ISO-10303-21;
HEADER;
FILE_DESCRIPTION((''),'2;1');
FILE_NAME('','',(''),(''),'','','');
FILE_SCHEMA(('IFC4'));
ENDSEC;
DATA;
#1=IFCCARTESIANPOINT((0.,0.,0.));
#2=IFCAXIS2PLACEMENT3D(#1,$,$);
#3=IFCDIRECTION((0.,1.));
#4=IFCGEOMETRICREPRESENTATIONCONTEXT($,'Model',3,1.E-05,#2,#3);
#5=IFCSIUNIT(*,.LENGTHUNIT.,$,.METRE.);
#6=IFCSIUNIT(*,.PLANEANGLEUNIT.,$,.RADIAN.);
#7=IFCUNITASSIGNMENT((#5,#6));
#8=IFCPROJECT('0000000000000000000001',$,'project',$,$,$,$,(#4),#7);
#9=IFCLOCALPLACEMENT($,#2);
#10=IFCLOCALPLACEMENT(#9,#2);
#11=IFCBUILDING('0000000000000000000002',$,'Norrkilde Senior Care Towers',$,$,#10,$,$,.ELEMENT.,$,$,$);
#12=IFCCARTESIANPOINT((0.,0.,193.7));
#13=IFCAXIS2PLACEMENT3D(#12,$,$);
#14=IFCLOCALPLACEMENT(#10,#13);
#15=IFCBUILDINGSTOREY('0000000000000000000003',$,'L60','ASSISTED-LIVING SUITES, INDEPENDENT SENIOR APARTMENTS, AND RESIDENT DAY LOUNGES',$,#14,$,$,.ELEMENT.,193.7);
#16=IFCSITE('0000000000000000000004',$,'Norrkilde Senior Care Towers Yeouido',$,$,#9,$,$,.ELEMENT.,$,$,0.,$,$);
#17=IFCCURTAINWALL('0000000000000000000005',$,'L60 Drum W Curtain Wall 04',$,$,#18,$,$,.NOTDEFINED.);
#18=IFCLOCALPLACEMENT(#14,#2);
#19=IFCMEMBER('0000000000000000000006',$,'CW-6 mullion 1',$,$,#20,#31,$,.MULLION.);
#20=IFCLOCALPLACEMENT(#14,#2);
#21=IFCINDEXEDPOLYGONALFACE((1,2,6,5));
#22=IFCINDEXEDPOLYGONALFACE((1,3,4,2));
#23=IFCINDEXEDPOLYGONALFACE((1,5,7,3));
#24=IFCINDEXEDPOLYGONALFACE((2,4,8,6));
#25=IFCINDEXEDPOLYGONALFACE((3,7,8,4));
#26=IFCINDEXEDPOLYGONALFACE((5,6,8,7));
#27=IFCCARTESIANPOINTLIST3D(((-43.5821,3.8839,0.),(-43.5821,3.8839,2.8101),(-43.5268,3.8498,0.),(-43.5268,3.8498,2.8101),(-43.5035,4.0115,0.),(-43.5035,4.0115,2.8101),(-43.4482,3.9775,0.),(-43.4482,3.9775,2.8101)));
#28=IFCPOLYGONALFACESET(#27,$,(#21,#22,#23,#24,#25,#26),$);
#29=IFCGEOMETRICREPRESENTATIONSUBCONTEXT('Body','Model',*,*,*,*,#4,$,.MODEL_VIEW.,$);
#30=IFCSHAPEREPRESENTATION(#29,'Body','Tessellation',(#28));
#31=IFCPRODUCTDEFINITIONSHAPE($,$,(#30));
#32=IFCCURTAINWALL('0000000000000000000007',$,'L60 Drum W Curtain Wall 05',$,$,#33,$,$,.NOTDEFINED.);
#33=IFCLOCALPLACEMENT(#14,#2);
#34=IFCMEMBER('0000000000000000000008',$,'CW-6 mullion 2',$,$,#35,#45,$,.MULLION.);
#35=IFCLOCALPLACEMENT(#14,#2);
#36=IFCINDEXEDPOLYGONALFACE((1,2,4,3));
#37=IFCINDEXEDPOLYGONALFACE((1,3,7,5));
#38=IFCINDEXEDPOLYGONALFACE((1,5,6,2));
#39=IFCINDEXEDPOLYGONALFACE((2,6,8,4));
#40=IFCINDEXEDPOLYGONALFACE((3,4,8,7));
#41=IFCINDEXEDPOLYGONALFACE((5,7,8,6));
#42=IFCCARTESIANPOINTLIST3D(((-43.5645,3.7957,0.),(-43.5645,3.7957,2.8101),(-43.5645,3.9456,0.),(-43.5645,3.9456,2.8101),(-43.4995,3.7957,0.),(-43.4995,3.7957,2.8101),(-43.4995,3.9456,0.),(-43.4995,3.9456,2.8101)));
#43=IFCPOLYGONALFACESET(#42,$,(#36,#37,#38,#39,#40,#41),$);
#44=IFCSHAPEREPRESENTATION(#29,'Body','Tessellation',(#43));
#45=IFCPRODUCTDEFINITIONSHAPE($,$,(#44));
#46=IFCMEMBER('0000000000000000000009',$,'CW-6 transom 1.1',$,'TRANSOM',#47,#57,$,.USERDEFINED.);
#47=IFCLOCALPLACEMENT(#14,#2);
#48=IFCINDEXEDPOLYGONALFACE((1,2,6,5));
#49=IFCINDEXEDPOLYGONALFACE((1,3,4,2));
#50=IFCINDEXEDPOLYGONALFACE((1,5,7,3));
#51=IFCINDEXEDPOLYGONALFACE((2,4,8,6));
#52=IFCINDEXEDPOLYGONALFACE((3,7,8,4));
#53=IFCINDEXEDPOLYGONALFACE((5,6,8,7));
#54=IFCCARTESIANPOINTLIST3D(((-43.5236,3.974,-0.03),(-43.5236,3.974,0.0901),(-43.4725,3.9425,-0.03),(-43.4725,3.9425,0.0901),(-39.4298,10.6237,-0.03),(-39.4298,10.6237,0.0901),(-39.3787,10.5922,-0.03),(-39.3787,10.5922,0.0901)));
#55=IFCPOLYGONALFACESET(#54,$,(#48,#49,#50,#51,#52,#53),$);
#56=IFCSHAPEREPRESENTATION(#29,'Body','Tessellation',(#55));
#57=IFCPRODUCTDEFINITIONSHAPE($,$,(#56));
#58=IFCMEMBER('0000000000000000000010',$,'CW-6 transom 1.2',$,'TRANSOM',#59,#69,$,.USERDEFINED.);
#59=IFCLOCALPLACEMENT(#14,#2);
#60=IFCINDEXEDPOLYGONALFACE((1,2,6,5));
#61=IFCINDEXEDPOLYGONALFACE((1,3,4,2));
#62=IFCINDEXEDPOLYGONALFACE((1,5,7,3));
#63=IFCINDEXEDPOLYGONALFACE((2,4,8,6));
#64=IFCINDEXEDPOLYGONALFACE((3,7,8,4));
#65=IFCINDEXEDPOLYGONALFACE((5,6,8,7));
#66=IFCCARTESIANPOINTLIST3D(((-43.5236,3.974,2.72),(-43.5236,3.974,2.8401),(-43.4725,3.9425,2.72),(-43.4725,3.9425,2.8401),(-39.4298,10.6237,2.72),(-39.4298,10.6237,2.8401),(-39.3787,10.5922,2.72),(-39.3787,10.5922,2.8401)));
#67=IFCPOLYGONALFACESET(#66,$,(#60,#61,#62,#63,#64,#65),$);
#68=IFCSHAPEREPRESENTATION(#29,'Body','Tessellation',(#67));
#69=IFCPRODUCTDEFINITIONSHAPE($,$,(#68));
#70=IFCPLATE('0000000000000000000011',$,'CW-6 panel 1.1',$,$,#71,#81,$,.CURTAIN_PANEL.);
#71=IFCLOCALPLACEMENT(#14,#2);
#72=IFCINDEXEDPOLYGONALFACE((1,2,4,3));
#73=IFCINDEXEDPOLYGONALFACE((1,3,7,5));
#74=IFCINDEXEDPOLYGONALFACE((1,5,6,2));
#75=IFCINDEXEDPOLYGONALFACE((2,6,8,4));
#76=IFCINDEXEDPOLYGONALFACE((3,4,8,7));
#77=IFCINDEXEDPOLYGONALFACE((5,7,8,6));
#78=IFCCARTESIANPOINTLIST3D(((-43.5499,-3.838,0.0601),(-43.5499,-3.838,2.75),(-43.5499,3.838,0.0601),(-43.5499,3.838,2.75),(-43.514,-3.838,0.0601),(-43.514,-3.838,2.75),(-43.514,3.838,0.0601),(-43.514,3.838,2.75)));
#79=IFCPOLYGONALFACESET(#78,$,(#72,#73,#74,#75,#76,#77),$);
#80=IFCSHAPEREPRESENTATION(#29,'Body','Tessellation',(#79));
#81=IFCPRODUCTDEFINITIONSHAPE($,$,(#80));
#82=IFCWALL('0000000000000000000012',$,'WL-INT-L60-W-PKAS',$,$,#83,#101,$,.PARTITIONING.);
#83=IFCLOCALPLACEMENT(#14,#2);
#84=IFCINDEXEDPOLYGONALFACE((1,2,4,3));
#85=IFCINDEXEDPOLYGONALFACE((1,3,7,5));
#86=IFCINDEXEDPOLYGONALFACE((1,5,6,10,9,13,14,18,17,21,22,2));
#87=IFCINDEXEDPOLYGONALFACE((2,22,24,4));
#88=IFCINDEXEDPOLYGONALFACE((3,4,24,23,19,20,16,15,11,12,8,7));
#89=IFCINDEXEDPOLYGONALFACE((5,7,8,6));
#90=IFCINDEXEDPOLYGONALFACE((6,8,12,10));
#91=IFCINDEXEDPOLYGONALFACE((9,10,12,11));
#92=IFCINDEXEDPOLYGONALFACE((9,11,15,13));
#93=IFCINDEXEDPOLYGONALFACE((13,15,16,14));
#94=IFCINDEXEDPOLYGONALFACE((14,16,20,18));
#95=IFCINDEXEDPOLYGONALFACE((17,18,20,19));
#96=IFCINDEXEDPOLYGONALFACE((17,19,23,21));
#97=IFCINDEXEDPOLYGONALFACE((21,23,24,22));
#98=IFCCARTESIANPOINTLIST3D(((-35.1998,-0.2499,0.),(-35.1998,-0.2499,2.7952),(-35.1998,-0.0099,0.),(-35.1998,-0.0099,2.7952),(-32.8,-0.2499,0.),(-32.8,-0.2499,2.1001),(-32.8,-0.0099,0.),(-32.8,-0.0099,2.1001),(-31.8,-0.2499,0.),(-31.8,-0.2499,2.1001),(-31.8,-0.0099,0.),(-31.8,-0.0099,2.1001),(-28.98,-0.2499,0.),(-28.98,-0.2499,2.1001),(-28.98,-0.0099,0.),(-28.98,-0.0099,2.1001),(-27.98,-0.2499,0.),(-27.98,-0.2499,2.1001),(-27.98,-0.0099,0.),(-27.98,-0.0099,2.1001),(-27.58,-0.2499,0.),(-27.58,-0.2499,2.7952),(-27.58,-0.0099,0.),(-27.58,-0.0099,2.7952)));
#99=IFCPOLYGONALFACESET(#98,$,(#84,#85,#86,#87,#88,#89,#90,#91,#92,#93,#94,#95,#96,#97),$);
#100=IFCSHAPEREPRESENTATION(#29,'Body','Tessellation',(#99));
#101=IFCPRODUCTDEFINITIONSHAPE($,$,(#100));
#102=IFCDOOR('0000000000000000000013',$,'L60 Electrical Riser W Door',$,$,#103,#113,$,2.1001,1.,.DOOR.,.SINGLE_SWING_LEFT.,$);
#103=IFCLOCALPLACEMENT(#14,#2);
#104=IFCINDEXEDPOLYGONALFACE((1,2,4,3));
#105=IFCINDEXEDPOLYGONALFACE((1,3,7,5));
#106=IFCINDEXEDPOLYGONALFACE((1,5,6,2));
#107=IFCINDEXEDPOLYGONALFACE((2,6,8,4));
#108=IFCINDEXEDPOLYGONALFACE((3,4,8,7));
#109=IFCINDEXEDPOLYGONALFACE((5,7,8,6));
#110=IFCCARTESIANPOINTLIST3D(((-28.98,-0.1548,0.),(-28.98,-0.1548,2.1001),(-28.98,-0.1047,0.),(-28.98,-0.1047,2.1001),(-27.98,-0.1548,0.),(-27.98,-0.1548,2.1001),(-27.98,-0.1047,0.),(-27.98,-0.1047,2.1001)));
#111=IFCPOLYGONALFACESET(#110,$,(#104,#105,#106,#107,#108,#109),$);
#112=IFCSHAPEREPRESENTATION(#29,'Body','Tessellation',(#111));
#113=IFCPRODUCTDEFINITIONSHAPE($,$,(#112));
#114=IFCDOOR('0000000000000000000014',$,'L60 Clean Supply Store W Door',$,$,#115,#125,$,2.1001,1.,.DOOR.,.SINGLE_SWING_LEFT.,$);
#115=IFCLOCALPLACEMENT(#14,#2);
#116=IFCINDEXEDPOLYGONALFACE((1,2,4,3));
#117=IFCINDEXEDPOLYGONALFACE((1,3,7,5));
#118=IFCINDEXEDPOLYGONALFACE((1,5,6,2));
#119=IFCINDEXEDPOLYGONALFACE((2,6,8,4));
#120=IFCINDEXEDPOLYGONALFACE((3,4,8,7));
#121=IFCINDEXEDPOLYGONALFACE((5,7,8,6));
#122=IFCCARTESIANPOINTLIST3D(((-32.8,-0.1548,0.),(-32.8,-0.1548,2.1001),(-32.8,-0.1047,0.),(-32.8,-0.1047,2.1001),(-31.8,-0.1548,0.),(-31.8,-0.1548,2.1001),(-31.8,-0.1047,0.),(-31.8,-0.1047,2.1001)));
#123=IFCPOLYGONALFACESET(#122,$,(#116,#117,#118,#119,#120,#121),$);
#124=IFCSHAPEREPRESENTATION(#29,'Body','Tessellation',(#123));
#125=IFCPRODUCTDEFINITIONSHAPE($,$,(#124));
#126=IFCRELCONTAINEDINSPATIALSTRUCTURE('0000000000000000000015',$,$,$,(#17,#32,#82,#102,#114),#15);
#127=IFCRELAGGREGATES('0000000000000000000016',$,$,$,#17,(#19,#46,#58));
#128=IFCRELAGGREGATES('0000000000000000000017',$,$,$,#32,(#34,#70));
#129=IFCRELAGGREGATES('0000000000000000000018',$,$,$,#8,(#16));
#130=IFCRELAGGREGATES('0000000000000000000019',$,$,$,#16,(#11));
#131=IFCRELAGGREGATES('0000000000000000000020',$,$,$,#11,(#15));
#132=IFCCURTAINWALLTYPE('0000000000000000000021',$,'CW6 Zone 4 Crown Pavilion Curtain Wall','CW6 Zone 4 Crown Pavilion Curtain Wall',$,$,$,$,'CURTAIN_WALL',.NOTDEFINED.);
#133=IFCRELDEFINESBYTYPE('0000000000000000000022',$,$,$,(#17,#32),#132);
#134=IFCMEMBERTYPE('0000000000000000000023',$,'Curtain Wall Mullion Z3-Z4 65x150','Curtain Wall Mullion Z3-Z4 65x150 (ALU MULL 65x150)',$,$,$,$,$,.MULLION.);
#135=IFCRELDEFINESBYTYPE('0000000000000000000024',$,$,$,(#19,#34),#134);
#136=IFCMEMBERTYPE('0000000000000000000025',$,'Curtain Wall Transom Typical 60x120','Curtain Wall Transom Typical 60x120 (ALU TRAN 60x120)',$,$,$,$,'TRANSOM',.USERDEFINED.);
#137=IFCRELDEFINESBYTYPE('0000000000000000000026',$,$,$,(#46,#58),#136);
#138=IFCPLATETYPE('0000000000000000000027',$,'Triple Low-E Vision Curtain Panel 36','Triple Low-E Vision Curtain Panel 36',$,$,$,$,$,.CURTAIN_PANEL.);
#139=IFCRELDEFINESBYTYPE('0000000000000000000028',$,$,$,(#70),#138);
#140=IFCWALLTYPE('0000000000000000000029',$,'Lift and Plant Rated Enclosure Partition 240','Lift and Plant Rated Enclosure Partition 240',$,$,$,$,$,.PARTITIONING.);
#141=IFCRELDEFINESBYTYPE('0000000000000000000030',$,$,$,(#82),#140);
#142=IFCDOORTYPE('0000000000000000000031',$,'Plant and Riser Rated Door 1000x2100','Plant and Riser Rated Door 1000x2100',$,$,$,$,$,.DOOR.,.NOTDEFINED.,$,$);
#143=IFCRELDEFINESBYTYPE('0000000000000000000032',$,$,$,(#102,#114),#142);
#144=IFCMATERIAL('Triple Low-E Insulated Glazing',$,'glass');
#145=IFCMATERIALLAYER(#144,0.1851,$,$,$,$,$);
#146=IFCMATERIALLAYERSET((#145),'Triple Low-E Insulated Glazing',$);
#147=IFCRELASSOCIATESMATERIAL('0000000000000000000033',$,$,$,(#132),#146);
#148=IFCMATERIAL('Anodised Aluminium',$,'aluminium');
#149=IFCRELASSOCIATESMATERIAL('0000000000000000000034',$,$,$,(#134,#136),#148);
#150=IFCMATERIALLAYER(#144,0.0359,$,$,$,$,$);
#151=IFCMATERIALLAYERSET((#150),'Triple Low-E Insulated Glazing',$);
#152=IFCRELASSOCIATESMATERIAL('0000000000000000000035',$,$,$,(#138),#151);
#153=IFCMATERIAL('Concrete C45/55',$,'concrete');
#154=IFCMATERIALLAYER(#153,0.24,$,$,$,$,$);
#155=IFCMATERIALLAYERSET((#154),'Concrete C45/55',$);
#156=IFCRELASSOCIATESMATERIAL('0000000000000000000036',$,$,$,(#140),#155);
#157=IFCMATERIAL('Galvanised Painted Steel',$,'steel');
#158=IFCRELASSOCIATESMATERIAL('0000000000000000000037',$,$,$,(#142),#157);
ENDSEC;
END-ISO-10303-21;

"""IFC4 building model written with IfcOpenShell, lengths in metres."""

from ifc_helpers import new_model, si_unit, direction, frame, frame_2d, origin, origin_2d, place, context, subcontext, project, spatial, rectangle, extrude, source, transform, mapped, material, layer, layer_set, material_profile, profile_set, type_object, type_shapes, element, fill, aggregate, save


model = new_model("IFC4")

# Units and contexts
model_context = context("Model", 3, precision=1e-05, world=origin(), true_north=direction((0.0, 1.0)))
body_context = subcontext(model_context, "Body", "Model", "MODEL_VIEW")
ifc_project = project(units=[si_unit("LENGTHUNIT", "METRE"), si_unit("PLANEANGLEUNIT", "RADIAN")], contexts=[model_context])

# Site, building, storey
site_placement = place(None, origin())
site = spatial("IfcSite", under=ifc_project, at=site_placement, Name="Norrkilde Senior Care Towers Yeouido", CompositionType="ELEMENT", RefElevation=0.0)
building_placement = place(site_placement, origin())
building = spatial("IfcBuilding", under=site, at=building_placement, Name="Norrkilde Senior Care Towers", CompositionType="ELEMENT")
storey_placement = place(building_placement, frame((0.0, 0.0, 193.7)))
storey = spatial("IfcBuildingStorey", under=building, at=storey_placement, Name="L60", Description="ASSISTED-LIVING SUITES, INDEPENDENT SENIOR APARTMENTS, AND RESIDENT DAY LOUNGES", CompositionType="ELEMENT", Elevation=193.7)

# Curtain walls, members
ifc_material_1 = material(Name="Triple Low-E Insulated Glazing", Category="glass")
ifc_layer_1 = layer(ifc_material_1, 0.1851)
ifc_layer_set_1 = layer_set([ifc_layer_1], Name="Triple Low-E Insulated Glazing")
curtain_wall_type = type_object("IfcCurtainWallType", Name="CW6 Zone 4 Crown Pavilion Curtain Wall", Description="CW6 Zone 4 Crown Pavilion Curtain Wall", ElementType="CURTAIN_WALL", PredefinedType="NOTDEFINED", material=ifc_layer_set_1)
curtain_wall_1_placement = place(storey_placement, origin())
curtain_wall_1 = element("IfcCurtainWall", 1, at=curtain_wall_1_placement, inside=storey, type_object=curtain_wall_type, Name="L60 Drum W Curtain Wall 04", PredefinedType="NOTDEFINED")
ifc_material_2 = material(Name="Anodised Aluminium", Category="aluminium")
ifc_material_profile_1 = material_profile(ifc_material_2, rectangle(XDim=0.0649, YDim=0.1499, at=origin_2d()), Name="ALU MULL 65x150")
ifc_profile_set_1 = profile_set([ifc_material_profile_1], Name="Anodised Aluminium")
member_type_1 = type_object("IfcMemberType", Name="Curtain Wall Mullion Z3-Z4 65x150", Description="Curtain Wall Mullion Z3-Z4 65x150 (ALU MULL 65x150)", PredefinedType="MULLION", material=ifc_profile_set_1)
shared_shape_1 = source(origin(), body_context, "Body", "SweptSolid", [
    extrude(rectangle(XDim=0.0649, YDim=0.1499, at=origin_2d()), origin(), (0.0, 0.0, 1.0), 2.8101),
])
type_shapes(member_type_1, [shared_shape_1])
member_1_placement = place(storey_placement, frame((-43.5151, 3.9307, 0.0), z_axis=(0.0, 0.0, 1.0), x_axis=(-0.851563, 0.524253, 0.0)))
member_1 = element("IfcMember", 2, at=member_1_placement, type_object=member_type_1, Name="CW-6 mullion 1", PredefinedType="MULLION", context=body_context, shape_type="MappedRepresentation", body=[
    mapped(shared_shape_1, transform((0.0, 0.0, 0.0), x_axis=(1.0, 0.0, 0.0), y_axis=(0.0, 1.0, 0.0), z_axis=(0.0, 0.0, 1.0), scale=1.0)),
])
curtain_wall_2_placement = place(storey_placement, origin())
curtain_wall_2 = element("IfcCurtainWall", 3, at=curtain_wall_2_placement, inside=storey, type_object=curtain_wall_type, Name="L60 Drum W Curtain Wall 05", PredefinedType="NOTDEFINED")
member_2_placement = place(storey_placement, frame((-43.532, 3.8706, 0.0), z_axis=(0.0, 0.0, 1.0), x_axis=(-1.0, 0.0, 0.0)))
member_2 = element("IfcMember", 4, at=member_2_placement, type_object=member_type_1, Name="CW-6 mullion 2", PredefinedType="MULLION", context=body_context, shape_type="MappedRepresentation", body=[
    mapped(shared_shape_1, transform((0.0, 0.0, 0.0), x_axis=(1.0, 0.0, 0.0), y_axis=(0.0, 1.0, 0.0), z_axis=(0.0, 0.0, 1.0), scale=1.0)),
])

# Members
ifc_material_profile_2 = material_profile(ifc_material_2, rectangle(XDim=0.0601, YDim=0.1201, at=origin_2d()), Name="ALU TRAN 60x120")
ifc_profile_set_2 = profile_set([ifc_material_profile_2], Name="Anodised Aluminium")
member_type_2 = type_object("IfcMemberType", Name="Curtain Wall Transom Typical 60x120", Description="Curtain Wall Transom Typical 60x120 (ALU TRAN 60x120)", ElementType="TRANSOM", PredefinedType="USERDEFINED", material=ifc_profile_set_2)
shared_shape_2 = source(origin(), body_context, "Body", "SweptSolid", [
    extrude(rectangle(XDim=0.0601, YDim=0.1201, at=origin_2d()), origin(), (0.0, 0.0, 1.0), 7.8088),
])
type_shapes(member_type_2, [shared_shape_2])
member_3_placement = place(storey_placement, frame((-43.498, 3.9583, 0.03), z_axis=(0.524251, 0.851564, 0.0), x_axis=(-0.851564, 0.524251, 0.0)))
member_3 = element("IfcMember", 5, at=member_3_placement, type_object=member_type_2, Name="CW-6 transom 1.1", ObjectType="TRANSOM", PredefinedType="USERDEFINED", context=body_context, shape_type="MappedRepresentation", body=[
    mapped(shared_shape_2, transform((0.0, 0.0, 0.0), x_axis=(1.0, 0.0, 0.0), y_axis=(0.0, 1.0, 0.0), z_axis=(0.0, 0.0, 1.0), scale=1.0)),
])
member_4_placement = place(storey_placement, frame((-43.498, 3.9583, 2.78), z_axis=(0.524251, 0.851564, 0.0), x_axis=(-0.851564, 0.524251, 0.0)))
member_4 = element("IfcMember", 6, at=member_4_placement, type_object=member_type_2, Name="CW-6 transom 1.2", ObjectType="TRANSOM", PredefinedType="USERDEFINED", context=body_context, shape_type="MappedRepresentation", body=[
    mapped(shared_shape_2, transform((0.0, 0.0, 0.0), x_axis=(1.0, 0.0, 0.0), y_axis=(0.0, 1.0, 0.0), z_axis=(0.0, 0.0, 1.0), scale=1.0)),
])
aggregate(curtain_wall_1, [member_1, member_3, member_4])

# Plate
ifc_layer_2 = layer(ifc_material_1, 0.0359)
ifc_layer_set_2 = layer_set([ifc_layer_2], Name="Triple Low-E Insulated Glazing")
plate_type = type_object("IfcPlateType", Name="Triple Low-E Vision Curtain Panel 36", Description="Triple Low-E Vision Curtain Panel 36", PredefinedType="CURTAIN_PANEL", material=ifc_layer_set_2)
shared_shape_3 = source(origin(), body_context, "Body", "SweptSolid", [
    extrude(rectangle(XDim=7.676, YDim=0.0359, at=origin_2d()), origin(), (0.0, 0.0, 1.0), 2.6899),
])
type_shapes(plate_type, [shared_shape_3])
plate_placement = place(storey_placement, frame((-43.532, 0.0, 0.0601), z_axis=(0.0, 0.0, 1.0), x_axis=(0.0, 1.0, 0.0)))
plate = element("IfcPlate", 7, at=plate_placement, type_object=plate_type, Name="CW-6 panel 1.1", PredefinedType="CURTAIN_PANEL", context=body_context, shape_type="MappedRepresentation", body=[
    mapped(shared_shape_3, transform((0.0, 0.0, 0.0), x_axis=(1.0, 0.0, 0.0), y_axis=(0.0, 1.0, 0.0), z_axis=(0.0, 0.0, 1.0), scale=1.0)),
])
aggregate(curtain_wall_2, [member_2, plate])

# Wall, openings, doors
ifc_material_3 = material(Name="Concrete C45/55", Category="concrete")
ifc_layer_3 = layer(ifc_material_3, 0.24)
ifc_layer_set_3 = layer_set([ifc_layer_3], Name="Concrete C45/55")
wall_type_1 = type_object("IfcWallType", Name="Lift and Plant Rated Enclosure Partition 240", Description="Lift and Plant Rated Enclosure Partition 240", PredefinedType="PARTITIONING", material=ifc_layer_set_3)
shared_shape_4 = source(origin(), body_context, "Body", "SweptSolid", [
    extrude(rectangle(XDim=7.6199, YDim=0.24, at=frame_2d((3.8101, 0.0))), origin(), (0.0, 0.0, 1.0), 2.7952),
])
type_shapes(wall_type_1, [shared_shape_4])
wall_1_placement = place(storey_placement, frame((-35.2, -0.1299, 0.0), z_axis=(0.0, 0.0, 1.0), x_axis=(1.0, 0.0, 0.0)))
wall_1 = element("IfcWall", 8, at=wall_1_placement, inside=storey, type_object=wall_type_1, Name="WL-INT-L60-W-PKAS", PredefinedType="PARTITIONING", context=body_context, shape_type="MappedRepresentation", body=[
    mapped(shared_shape_4, transform((0.0, 0.0, 0.0), x_axis=(1.0, 0.0, 0.0), y_axis=(0.0, 1.0, 0.0), z_axis=(0.0, 0.0, 1.0), scale=1.0)),
])
opening_1_placement = place(wall_1_placement, frame((6.22, 0.0, 0.0)))
opening_1 = element("IfcOpeningElement", 9, at=opening_1_placement, cuts=wall_1, PredefinedType="OPENING", context=body_context, shape_type="SweptSolid", body=[
    extrude(rectangle(XDim=1.0, YDim=2.1001, at=frame_2d((0.5, 1.05))), frame((0.0, 0.1299, 0.0), z_axis=(0.0, -1.0, 0.0), x_axis=(1.0, 0.0, 0.0)), (0.0, 0.0, 1.0), 0.26),
])
opening_2_placement = place(wall_1_placement, frame((2.3999, 0.0, 0.0)))
opening_2 = element("IfcOpeningElement", 10, at=opening_2_placement, cuts=wall_1, PredefinedType="OPENING", context=body_context, shape_type="SweptSolid", body=[
    extrude(rectangle(XDim=1.0, YDim=2.1001, at=frame_2d((0.5, 1.05))), frame((0.0, 0.1299, 0.0), z_axis=(0.0, -1.0, 0.0), x_axis=(1.0, 0.0, 0.0)), (0.0, 0.0, 1.0), 0.26),
])
ifc_material_4 = material(Name="Galvanised Painted Steel", Category="steel")
door_type_1 = type_object("IfcDoorType", Name="Plant and Riser Rated Door 1000x2100", Description="Plant and Riser Rated Door 1000x2100", OperationType="NOTDEFINED", PredefinedType="DOOR", material=ifc_material_4)
shared_shape_5 = source(origin(), body_context, "Body", "SweptSolid", [
    extrude(rectangle(XDim=1.0, YDim=2.1001, at=frame_2d((0.5, 1.05))), frame((0.0, 0.0249, 0.0), z_axis=(0.0, -1.0, 0.0), x_axis=(1.0, 0.0, 0.0)), (0.0, 0.0, 1.0), 0.05),
])
type_shapes(door_type_1, [shared_shape_5])
door_1_placement = place(opening_1_placement, frame((1.0, 0.0, 0.0), z_axis=(0.0, 0.0, 1.0), x_axis=(-1.0, 0.0, 0.0)))
door_1 = element("IfcDoor", 11, at=door_1_placement, inside=storey, type_object=door_type_1, Name="L60 Electrical Riser W Door", OperationType="SINGLE_SWING_LEFT", OverallHeight=2.1001, OverallWidth=1.0, PredefinedType="DOOR", context=body_context, shape_type="MappedRepresentation", body=[
    mapped(shared_shape_5, transform((0.0, 0.0, 0.0), x_axis=(1.0, 0.0, 0.0), y_axis=(0.0, 1.0, 0.0), z_axis=(0.0, 0.0, 1.0), scale=1.0)),
])
fill(opening_1, door_1)
door_2_placement = place(opening_2_placement, frame((1.0, 0.0, 0.0), z_axis=(0.0, 0.0, 1.0), x_axis=(-1.0, 0.0, 0.0)))
door_2 = element("IfcDoor", 12, at=door_2_placement, inside=storey, type_object=door_type_1, Name="L60 Clean Supply Store W Door", OperationType="SINGLE_SWING_LEFT", OverallHeight=2.1001, OverallWidth=1.0, PredefinedType="DOOR", context=body_context, shape_type="MappedRepresentation", body=[
    mapped(shared_shape_5, transform((0.0, 0.0, 0.0), x_axis=(1.0, 0.0, 0.0), y_axis=(0.0, 1.0, 0.0), z_axis=(0.0, 0.0, 1.0), scale=1.0)),
])
fill(opening_2, door_2)

save(model, "model.ifc")
